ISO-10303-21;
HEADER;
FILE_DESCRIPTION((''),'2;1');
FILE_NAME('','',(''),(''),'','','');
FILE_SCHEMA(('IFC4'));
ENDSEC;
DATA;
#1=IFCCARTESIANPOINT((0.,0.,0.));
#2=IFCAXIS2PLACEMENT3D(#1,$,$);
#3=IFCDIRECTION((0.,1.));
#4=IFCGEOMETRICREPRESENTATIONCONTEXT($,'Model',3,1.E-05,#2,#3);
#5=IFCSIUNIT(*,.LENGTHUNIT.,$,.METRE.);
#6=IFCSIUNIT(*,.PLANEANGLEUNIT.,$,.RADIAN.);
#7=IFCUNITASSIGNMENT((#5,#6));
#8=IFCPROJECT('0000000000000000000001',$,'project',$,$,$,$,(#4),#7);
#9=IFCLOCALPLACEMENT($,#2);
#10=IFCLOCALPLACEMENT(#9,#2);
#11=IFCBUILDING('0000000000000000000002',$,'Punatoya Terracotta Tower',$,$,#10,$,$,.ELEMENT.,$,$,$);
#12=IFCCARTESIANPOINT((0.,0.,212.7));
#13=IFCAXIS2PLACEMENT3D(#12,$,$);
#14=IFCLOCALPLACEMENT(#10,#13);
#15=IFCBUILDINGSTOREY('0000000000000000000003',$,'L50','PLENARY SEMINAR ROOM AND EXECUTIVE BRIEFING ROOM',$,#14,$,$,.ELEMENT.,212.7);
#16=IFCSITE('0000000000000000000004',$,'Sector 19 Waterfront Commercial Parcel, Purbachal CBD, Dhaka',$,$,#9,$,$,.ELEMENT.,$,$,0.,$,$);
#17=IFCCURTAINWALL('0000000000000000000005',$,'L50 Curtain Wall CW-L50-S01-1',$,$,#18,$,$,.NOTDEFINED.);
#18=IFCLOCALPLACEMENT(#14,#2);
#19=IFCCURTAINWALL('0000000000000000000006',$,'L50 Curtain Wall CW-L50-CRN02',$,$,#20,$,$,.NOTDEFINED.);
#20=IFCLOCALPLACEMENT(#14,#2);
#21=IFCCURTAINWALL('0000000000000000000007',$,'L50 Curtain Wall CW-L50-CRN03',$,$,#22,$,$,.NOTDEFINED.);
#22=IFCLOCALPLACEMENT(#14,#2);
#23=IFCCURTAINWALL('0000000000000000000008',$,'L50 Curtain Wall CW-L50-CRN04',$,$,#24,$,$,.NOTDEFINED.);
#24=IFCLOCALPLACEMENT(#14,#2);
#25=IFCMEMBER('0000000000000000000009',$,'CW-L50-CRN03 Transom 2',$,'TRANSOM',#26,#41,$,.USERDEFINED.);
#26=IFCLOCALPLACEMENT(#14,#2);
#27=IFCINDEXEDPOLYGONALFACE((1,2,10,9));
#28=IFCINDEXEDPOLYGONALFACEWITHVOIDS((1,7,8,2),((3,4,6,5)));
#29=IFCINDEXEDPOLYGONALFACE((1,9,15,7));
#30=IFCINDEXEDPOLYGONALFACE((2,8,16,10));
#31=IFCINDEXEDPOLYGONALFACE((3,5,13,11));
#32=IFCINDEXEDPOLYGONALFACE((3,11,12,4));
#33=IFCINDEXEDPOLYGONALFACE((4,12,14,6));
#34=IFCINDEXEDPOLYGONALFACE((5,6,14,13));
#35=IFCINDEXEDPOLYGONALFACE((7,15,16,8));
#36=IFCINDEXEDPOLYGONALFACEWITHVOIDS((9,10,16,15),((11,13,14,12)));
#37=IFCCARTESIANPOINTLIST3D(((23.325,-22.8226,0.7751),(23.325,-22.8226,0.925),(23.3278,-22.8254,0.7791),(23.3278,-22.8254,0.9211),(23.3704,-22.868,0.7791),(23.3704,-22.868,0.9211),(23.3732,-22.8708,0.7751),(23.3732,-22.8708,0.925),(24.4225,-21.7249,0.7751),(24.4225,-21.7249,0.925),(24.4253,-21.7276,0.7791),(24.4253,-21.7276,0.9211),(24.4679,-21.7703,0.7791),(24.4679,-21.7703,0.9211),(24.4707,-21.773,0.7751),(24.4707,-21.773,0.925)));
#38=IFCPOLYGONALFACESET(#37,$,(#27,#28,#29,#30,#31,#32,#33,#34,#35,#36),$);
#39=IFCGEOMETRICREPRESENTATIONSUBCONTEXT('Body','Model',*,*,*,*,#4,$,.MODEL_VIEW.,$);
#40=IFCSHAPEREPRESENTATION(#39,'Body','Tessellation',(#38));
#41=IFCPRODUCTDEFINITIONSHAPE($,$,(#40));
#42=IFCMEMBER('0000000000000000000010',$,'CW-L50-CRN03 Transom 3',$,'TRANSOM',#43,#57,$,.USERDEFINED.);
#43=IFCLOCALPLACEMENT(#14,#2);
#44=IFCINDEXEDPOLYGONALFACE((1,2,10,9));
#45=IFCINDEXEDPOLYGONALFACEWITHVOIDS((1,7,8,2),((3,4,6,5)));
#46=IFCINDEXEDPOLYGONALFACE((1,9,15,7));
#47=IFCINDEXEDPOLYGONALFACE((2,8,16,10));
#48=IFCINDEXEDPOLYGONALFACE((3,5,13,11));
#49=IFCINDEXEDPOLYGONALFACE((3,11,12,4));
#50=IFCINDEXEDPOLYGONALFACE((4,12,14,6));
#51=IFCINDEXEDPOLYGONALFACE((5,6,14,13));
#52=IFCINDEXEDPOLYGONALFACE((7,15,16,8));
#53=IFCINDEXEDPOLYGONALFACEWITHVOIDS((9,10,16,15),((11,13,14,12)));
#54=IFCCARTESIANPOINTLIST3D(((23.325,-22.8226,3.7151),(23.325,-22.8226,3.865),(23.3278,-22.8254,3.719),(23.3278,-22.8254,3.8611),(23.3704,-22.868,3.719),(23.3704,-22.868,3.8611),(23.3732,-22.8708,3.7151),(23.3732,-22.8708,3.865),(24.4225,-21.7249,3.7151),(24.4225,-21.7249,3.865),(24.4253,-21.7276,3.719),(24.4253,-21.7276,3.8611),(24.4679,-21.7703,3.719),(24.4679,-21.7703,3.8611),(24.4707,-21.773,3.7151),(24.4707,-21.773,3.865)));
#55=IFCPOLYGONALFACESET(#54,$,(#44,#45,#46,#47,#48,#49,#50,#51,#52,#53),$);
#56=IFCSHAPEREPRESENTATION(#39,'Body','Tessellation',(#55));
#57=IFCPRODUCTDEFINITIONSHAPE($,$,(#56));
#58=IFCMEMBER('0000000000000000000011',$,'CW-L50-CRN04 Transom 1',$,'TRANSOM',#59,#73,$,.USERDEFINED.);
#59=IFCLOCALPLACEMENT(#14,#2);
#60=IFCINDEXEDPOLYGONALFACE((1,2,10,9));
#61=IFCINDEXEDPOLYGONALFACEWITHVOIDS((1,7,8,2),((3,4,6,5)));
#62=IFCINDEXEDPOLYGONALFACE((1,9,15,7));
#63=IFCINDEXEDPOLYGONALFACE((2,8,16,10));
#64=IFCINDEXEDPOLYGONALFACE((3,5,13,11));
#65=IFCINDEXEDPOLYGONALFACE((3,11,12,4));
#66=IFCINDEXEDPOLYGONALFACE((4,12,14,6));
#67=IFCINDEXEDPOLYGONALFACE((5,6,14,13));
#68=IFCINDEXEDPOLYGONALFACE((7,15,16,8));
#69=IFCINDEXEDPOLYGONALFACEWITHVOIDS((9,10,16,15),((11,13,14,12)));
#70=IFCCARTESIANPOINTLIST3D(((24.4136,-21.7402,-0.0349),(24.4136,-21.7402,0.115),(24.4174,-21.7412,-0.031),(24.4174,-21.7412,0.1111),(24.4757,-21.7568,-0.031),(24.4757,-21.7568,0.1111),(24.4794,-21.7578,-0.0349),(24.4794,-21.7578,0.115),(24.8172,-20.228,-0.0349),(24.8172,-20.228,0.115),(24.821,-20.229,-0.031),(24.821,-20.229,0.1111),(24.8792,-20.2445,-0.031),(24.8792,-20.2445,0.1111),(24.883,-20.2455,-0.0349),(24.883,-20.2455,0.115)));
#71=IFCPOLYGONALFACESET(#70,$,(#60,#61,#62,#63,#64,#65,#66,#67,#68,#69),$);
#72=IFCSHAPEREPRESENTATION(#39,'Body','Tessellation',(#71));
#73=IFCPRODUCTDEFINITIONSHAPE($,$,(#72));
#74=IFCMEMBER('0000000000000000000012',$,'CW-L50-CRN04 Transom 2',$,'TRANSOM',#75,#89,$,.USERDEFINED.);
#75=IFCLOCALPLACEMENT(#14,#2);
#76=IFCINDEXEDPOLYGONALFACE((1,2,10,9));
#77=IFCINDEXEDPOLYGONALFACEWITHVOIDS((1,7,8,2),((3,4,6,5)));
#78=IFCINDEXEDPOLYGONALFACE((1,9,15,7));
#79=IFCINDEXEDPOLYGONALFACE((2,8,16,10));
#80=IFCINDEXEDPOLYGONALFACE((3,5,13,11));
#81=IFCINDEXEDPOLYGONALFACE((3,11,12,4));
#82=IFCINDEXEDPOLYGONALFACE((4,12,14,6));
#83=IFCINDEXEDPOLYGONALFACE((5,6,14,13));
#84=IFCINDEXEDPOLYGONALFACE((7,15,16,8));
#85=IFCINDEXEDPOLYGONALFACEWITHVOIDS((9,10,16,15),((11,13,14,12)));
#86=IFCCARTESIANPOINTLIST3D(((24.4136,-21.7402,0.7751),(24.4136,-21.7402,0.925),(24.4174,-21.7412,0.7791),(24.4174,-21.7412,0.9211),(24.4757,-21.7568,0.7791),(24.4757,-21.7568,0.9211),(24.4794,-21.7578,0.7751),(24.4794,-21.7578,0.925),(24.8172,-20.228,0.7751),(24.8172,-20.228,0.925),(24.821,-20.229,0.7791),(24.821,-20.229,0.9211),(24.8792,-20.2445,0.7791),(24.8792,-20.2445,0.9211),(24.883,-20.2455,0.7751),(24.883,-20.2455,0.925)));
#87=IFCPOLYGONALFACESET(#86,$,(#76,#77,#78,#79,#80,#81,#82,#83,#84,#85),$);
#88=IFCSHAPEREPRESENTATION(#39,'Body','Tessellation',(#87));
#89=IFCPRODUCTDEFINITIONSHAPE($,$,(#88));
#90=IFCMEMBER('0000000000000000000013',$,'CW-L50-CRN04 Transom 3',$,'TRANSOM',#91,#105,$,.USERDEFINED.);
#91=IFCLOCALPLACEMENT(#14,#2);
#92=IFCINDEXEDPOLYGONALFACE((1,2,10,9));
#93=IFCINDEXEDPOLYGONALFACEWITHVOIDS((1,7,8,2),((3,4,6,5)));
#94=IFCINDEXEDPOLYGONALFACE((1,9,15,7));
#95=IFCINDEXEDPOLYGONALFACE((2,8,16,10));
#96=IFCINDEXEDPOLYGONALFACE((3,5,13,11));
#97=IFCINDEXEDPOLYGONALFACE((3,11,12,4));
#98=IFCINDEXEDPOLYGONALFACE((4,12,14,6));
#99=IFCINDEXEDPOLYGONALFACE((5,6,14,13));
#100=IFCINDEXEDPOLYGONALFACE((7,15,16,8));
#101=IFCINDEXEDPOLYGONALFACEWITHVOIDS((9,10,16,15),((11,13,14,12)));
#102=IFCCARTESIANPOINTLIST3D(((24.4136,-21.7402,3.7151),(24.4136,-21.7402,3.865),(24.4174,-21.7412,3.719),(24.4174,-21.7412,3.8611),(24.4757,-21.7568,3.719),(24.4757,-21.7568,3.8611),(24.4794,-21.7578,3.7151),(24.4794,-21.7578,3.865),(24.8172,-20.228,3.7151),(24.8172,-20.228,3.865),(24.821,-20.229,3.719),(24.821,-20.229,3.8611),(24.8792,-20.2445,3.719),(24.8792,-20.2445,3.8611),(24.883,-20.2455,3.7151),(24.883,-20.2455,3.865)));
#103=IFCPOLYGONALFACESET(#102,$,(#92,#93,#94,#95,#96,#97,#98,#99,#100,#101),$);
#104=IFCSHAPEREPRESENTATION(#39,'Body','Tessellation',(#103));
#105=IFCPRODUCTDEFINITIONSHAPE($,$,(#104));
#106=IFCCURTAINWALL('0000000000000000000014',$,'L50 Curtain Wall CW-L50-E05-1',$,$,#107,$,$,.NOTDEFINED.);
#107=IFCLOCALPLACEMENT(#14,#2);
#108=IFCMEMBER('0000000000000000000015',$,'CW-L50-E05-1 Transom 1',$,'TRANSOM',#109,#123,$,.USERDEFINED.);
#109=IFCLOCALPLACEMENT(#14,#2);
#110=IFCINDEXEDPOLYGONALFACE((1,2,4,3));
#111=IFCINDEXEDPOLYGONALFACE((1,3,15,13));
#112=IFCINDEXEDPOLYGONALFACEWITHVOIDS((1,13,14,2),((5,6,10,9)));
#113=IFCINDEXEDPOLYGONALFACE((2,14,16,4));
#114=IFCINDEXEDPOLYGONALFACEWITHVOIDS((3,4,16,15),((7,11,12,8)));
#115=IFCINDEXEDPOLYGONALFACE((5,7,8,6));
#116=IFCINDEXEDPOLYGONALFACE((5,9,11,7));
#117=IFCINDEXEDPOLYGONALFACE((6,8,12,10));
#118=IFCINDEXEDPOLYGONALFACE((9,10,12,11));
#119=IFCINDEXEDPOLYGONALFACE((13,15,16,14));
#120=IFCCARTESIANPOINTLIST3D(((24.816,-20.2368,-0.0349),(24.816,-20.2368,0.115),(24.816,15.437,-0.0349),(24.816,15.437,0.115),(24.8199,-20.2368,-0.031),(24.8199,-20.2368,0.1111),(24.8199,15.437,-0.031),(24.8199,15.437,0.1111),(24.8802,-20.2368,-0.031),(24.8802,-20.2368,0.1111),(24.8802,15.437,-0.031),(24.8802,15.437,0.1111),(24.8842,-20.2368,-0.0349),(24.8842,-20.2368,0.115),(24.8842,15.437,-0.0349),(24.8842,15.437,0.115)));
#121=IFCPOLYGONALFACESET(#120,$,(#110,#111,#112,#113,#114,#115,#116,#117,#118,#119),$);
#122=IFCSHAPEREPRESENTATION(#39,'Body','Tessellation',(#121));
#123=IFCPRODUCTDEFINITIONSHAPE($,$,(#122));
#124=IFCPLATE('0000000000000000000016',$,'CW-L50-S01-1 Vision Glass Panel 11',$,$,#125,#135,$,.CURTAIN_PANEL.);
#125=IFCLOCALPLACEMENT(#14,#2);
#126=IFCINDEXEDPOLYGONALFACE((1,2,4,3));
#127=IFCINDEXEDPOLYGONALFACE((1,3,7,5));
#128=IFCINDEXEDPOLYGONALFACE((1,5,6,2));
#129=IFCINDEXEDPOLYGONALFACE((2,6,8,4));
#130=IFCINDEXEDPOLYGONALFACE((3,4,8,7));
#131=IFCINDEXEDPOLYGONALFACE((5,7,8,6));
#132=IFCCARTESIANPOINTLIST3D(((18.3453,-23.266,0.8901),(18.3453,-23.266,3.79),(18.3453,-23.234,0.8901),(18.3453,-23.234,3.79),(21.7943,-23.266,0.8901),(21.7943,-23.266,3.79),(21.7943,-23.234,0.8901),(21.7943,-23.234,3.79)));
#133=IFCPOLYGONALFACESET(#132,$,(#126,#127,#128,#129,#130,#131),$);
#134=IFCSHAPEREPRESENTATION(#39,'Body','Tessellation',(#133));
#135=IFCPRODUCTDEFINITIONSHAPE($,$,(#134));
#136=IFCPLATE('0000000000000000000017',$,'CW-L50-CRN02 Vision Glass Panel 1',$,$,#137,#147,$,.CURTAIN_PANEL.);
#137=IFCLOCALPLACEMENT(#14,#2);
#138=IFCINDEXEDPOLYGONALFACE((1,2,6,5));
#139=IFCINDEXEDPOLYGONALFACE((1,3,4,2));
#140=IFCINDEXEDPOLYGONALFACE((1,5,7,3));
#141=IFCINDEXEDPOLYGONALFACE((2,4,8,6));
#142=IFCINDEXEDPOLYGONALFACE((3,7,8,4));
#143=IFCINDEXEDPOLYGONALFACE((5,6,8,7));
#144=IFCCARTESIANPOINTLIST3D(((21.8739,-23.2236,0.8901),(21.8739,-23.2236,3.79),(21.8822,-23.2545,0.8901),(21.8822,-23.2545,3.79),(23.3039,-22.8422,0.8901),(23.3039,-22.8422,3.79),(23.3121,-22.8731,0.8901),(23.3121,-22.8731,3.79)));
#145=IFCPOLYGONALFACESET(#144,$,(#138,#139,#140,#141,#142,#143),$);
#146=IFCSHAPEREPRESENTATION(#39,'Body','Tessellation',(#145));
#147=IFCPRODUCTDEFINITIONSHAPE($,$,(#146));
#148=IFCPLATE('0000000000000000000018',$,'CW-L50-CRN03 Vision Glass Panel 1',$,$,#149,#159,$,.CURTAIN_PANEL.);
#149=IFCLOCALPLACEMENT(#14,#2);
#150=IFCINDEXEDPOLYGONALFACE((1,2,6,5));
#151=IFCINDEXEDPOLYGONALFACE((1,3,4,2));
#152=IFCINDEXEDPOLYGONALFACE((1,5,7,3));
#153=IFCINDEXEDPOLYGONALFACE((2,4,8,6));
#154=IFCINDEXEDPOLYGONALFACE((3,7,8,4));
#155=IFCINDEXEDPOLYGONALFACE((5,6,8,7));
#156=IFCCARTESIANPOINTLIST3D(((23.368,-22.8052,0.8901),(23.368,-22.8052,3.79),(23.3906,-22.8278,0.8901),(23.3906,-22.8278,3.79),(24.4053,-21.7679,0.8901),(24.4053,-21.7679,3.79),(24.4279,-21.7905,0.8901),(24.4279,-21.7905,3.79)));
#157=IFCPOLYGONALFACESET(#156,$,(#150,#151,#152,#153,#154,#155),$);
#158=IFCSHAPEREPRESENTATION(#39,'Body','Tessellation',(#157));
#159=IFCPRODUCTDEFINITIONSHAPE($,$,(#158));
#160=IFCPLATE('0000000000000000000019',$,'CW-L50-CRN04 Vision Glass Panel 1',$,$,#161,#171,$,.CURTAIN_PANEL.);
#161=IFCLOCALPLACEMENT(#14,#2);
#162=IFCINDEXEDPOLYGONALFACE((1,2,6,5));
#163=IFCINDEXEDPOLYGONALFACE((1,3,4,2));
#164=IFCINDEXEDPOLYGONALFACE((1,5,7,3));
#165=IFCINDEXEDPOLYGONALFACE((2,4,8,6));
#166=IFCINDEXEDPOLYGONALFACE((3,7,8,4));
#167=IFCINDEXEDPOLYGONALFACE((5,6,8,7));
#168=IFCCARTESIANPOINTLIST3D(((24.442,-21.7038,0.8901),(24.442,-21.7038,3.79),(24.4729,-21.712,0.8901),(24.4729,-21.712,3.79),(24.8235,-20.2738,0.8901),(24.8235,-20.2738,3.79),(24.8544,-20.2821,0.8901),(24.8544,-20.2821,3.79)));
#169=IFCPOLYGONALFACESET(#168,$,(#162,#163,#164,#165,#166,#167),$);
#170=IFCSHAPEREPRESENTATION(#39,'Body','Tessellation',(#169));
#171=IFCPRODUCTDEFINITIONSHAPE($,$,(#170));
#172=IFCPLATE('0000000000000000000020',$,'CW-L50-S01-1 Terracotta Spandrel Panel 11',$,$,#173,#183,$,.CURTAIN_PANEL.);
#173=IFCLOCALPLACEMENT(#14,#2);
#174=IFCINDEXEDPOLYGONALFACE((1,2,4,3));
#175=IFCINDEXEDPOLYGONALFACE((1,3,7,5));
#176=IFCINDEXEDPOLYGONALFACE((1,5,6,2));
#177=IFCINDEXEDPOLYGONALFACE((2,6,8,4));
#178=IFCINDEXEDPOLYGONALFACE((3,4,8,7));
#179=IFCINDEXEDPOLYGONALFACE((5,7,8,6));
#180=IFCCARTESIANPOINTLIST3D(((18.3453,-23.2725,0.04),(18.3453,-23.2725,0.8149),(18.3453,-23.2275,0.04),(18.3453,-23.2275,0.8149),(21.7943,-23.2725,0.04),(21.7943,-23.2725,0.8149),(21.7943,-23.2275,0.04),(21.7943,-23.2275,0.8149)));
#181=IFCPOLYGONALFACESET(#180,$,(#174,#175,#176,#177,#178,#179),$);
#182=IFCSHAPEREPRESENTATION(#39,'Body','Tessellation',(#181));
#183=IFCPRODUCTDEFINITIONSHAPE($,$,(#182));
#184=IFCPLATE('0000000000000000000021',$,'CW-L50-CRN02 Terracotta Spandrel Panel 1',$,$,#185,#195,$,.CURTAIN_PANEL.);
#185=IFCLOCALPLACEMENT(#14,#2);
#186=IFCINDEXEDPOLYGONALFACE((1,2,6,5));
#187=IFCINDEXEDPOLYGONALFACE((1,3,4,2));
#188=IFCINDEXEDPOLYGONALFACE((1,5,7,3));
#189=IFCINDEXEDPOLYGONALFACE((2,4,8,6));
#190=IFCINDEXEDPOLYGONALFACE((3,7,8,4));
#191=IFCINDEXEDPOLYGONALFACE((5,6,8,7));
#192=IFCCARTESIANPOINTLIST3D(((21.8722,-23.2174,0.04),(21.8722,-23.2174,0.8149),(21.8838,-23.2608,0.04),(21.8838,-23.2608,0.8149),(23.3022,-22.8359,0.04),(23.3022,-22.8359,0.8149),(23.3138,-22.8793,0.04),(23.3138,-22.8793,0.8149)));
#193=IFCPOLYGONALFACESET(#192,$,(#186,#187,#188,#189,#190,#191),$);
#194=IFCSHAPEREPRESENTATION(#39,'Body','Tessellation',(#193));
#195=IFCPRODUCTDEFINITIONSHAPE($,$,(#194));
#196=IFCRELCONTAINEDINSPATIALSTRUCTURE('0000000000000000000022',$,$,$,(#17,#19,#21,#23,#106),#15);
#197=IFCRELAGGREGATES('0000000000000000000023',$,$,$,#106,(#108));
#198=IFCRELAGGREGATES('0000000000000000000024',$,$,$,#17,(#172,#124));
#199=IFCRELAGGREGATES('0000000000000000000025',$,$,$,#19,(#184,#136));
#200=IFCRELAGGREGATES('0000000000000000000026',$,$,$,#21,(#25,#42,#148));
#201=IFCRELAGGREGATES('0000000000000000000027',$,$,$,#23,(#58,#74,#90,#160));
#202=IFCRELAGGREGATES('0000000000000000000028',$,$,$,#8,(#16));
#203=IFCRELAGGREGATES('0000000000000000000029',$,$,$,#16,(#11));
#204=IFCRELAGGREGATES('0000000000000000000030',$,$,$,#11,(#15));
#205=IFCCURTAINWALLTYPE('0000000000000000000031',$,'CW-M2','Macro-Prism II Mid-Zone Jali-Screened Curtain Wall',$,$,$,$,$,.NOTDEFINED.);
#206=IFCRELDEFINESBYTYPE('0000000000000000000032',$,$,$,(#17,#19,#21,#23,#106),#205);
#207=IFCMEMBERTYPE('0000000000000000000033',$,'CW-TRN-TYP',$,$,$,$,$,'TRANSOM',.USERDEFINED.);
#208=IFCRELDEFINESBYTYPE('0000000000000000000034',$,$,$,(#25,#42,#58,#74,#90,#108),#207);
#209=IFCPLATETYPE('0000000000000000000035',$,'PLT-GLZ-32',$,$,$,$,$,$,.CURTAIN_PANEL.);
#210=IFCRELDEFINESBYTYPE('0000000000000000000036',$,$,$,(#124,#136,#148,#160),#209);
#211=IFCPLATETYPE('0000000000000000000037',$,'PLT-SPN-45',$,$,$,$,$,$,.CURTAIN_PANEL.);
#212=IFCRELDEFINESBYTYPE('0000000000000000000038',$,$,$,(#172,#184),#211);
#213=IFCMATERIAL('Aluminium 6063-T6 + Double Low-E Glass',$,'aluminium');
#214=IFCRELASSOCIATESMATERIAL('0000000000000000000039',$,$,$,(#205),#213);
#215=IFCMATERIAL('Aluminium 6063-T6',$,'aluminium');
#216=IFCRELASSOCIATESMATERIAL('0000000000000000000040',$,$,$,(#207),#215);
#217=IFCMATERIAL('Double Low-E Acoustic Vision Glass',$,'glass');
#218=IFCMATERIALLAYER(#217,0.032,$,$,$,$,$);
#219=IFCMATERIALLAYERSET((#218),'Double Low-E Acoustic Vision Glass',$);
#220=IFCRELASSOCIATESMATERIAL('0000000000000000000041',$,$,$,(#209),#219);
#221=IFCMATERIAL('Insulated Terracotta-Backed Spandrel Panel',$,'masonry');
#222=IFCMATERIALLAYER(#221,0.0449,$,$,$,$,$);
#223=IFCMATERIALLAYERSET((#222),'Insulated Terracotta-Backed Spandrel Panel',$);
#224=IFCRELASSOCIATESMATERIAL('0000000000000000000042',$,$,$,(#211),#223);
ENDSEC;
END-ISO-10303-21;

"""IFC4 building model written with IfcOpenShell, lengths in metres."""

from ifc_helpers import new_model, si_unit, direction, frame, origin, origin_2d, place, context, subcontext, project, spatial, rectangle, hollow_rectangle, extrude, material, layer, layer_set, material_profile, profile_set, type_object, element, aggregate, save


model = new_model("IFC4")

# Units and contexts
model_context = context("Model", 3, precision=1e-05, world=origin(), true_north=direction((0.0, 1.0)))
body_context = subcontext(model_context, "Body", "Model", "MODEL_VIEW")
ifc_project = project(units=[si_unit("LENGTHUNIT", "METRE"), si_unit("PLANEANGLEUNIT", "RADIAN")], contexts=[model_context])

# Site, building, storey
site_placement = place(None, origin())
site = spatial("IfcSite", under=ifc_project, at=site_placement, Name="Sector 19 Waterfront Commercial Parcel, Purbachal CBD, Dhaka", CompositionType="ELEMENT", RefElevation=0.0)
building_placement = place(site_placement, origin())
building = spatial("IfcBuilding", under=site, at=building_placement, Name="Punatoya Terracotta Tower", CompositionType="ELEMENT")
storey_placement = place(building_placement, frame((0.0, 0.0, 212.7)))
storey = spatial("IfcBuildingStorey", under=building, at=storey_placement, Name="L50", Description="PLENARY SEMINAR ROOM AND EXECUTIVE BRIEFING ROOM", CompositionType="ELEMENT", Elevation=212.7)

# Curtain wall
ifc_material_1 = material(Name="Aluminium 6063-T6 + Double Low-E Glass", Category="aluminium")
curtain_wall_type = type_object("IfcCurtainWallType", Name="CW-M2", Description="Macro-Prism II Mid-Zone Jali-Screened Curtain Wall", PredefinedType="NOTDEFINED", material=ifc_material_1)
curtain_wall_1_placement = place(storey_placement, origin())
curtain_wall_1 = element("IfcCurtainWall", 1, at=curtain_wall_1_placement, inside=storey, type_object=curtain_wall_type, Name="L50 Curtain Wall CW-L50-S01-1", PredefinedType="NOTDEFINED")
ifc_material_2 = material(Name="Aluminium 6063-T6", Category="aluminium")

# Curtain walls
curtain_wall_2_placement = place(storey_placement, origin())
curtain_wall_2 = element("IfcCurtainWall", 2, at=curtain_wall_2_placement, inside=storey, type_object=curtain_wall_type, Name="L50 Curtain Wall CW-L50-CRN02", PredefinedType="NOTDEFINED")
curtain_wall_3_placement = place(storey_placement, origin())
curtain_wall_3 = element("IfcCurtainWall", 3, at=curtain_wall_3_placement, inside=storey, type_object=curtain_wall_type, Name="L50 Curtain Wall CW-L50-CRN03", PredefinedType="NOTDEFINED")
curtain_wall_4_placement = place(storey_placement, origin())
curtain_wall_4 = element("IfcCurtainWall", 4, at=curtain_wall_4_placement, inside=storey, type_object=curtain_wall_type, Name="L50 Curtain Wall CW-L50-CRN04", PredefinedType="NOTDEFINED")

# Members
ifc_material_profile_1 = material_profile(ifc_material_2, hollow_rectangle(XDim=0.0681, YDim=0.1499, WallThickness=0.0039, at=origin_2d()))
ifc_profile_set_1 = profile_set([ifc_material_profile_1], Name="Aluminium 6063-T6")
member_type_1 = type_object("IfcMemberType", Name="CW-TRN-TYP", ElementType="TRANSOM", PredefinedType="USERDEFINED", material=ifc_profile_set_1)
member_1_placement = place(storey_placement, frame((23.3491, -22.8467, 0.8501), z_axis=(0.707028, 0.707185, 0.0), x_axis=(-0.707185, 0.707028, 0.0)))
member_1 = element("IfcMember", 5, at=member_1_placement, type_object=member_type_1, Name="CW-L50-CRN03 Transom 2", ObjectType="TRANSOM", PredefinedType="USERDEFINED", context=body_context, shape_type="SweptSolid", body=[
    extrude(hollow_rectangle(XDim=0.0681, YDim=0.1499, WallThickness=0.0039, at=origin_2d()), origin(), (0.0, 0.0, 1.0), 1.5522),
])
member_2_placement = place(storey_placement, frame((23.3491, -22.8467, 3.79), z_axis=(0.707028, 0.707185, 0.0), x_axis=(-0.707185, 0.707028, 0.0)))
member_2 = element("IfcMember", 6, at=member_2_placement, type_object=member_type_1, Name="CW-L50-CRN03 Transom 3", ObjectType="TRANSOM", PredefinedType="USERDEFINED", context=body_context, shape_type="SweptSolid", body=[
    extrude(hollow_rectangle(XDim=0.0681, YDim=0.1499, WallThickness=0.0039, at=origin_2d()), origin(), (0.0, 0.0, 1.0), 1.5522),
])
member_3_placement = place(storey_placement, frame((24.4465, -21.749, 0.04), z_axis=(0.257847, 0.966186, 0.0), x_axis=(-0.966186, 0.257847, 0.0)))
member_3 = element("IfcMember", 7, at=member_3_placement, type_object=member_type_1, Name="CW-L50-CRN04 Transom 1", ObjectType="TRANSOM", PredefinedType="USERDEFINED", context=body_context, shape_type="SweptSolid", body=[
    extrude(hollow_rectangle(XDim=0.0681, YDim=0.1499, WallThickness=0.0039, at=origin_2d()), origin(), (0.0, 0.0, 1.0), 1.5652),
])
member_4_placement = place(storey_placement, frame((24.4465, -21.749, 0.8501), z_axis=(0.257847, 0.966186, 0.0), x_axis=(-0.966186, 0.257847, 0.0)))
member_4 = element("IfcMember", 8, at=member_4_placement, type_object=member_type_1, Name="CW-L50-CRN04 Transom 2", ObjectType="TRANSOM", PredefinedType="USERDEFINED", context=body_context, shape_type="SweptSolid", body=[
    extrude(hollow_rectangle(XDim=0.0681, YDim=0.1499, WallThickness=0.0039, at=origin_2d()), origin(), (0.0, 0.0, 1.0), 1.5652),
])
member_5_placement = place(storey_placement, frame((24.4465, -21.749, 3.79), z_axis=(0.257847, 0.966186, 0.0), x_axis=(-0.966186, 0.257847, 0.0)))
member_5 = element("IfcMember", 9, at=member_5_placement, type_object=member_type_1, Name="CW-L50-CRN04 Transom 3", ObjectType="TRANSOM", PredefinedType="USERDEFINED", context=body_context, shape_type="SweptSolid", body=[
    extrude(hollow_rectangle(XDim=0.0681, YDim=0.1499, WallThickness=0.0039, at=origin_2d()), origin(), (0.0, 0.0, 1.0), 1.5652),
])

# Curtain wall, member
curtain_wall_5_placement = place(storey_placement, origin())
curtain_wall_5 = element("IfcCurtainWall", 10, at=curtain_wall_5_placement, inside=storey, type_object=curtain_wall_type, Name="L50 Curtain Wall CW-L50-E05-1", PredefinedType="NOTDEFINED")
member_6_placement = place(storey_placement, frame((24.8501, -20.2368, 0.04), z_axis=(0.0, 1.0, 0.0), x_axis=(-1.0, 0.0, 0.0)))
member_6 = element("IfcMember", 11, at=member_6_placement, type_object=member_type_1, Name="CW-L50-E05-1 Transom 1", ObjectType="TRANSOM", PredefinedType="USERDEFINED", context=body_context, shape_type="SweptSolid", body=[
    extrude(hollow_rectangle(XDim=0.0681, YDim=0.1499, WallThickness=0.0039, at=origin_2d()), origin(), (0.0, 0.0, 1.0), 35.6738),
])
aggregate(curtain_wall_5, [member_6])

# Plates
ifc_material_3 = material(Name="Double Low-E Acoustic Vision Glass", Category="glass")
ifc_layer_1 = layer(ifc_material_3, 0.032)
ifc_layer_set_1 = layer_set([ifc_layer_1], Name="Double Low-E Acoustic Vision Glass")
plate_type_1 = type_object("IfcPlateType", Name="PLT-GLZ-32", PredefinedType="CURTAIN_PANEL", material=ifc_layer_set_1)
plate_1_placement = place(storey_placement, frame((20.0698, -23.25, 0.8901), z_axis=(0.0, 0.0, 1.0), x_axis=(1.0, 0.0, 0.0)))
plate_1 = element("IfcPlate", 12, at=plate_1_placement, type_object=plate_type_1, Name="CW-L50-S01-1 Vision Glass Panel 11", PredefinedType="CURTAIN_PANEL", context=body_context, shape_type="SweptSolid", body=[
    extrude(rectangle(XDim=3.449, YDim=0.032, at=origin_2d()), origin(), (0.0, 0.0, 1.0), 2.8999),
])
plate_2_placement = place(storey_placement, frame((22.593, -23.0483, 0.8901), z_axis=(0.0, 0.0, 1.0), x_axis=(0.966214, 0.257742, 0.0)))
plate_2 = element("IfcPlate", 13, at=plate_2_placement, type_object=plate_type_1, Name="CW-L50-CRN02 Vision Glass Panel 1", PredefinedType="CURTAIN_PANEL", context=body_context, shape_type="SweptSolid", body=[
    extrude(rectangle(XDim=1.48, YDim=0.032, at=origin_2d()), origin(), (0.0, 0.0, 1.0), 2.8999),
])
plate_3_placement = place(storey_placement, frame((23.8979, -22.2979, 0.8901), z_axis=(0.0, 0.0, 1.0), x_axis=(0.707107, 0.707107, 0.0)))
plate_3 = element("IfcPlate", 14, at=plate_3_placement, type_object=plate_type_1, Name="CW-L50-CRN03 Vision Glass Panel 1", PredefinedType="CURTAIN_PANEL", context=body_context, shape_type="SweptSolid", body=[
    extrude(rectangle(XDim=1.467, YDim=0.032, at=origin_2d()), origin(), (0.0, 0.0, 1.0), 2.8999),
])
plate_4_placement = place(storey_placement, frame((24.6482, -20.9929, 0.8901), z_axis=(0.0, 0.0, 1.0), x_axis=(0.257742, 0.966214, 0.0)))
plate_4 = element("IfcPlate", 15, at=plate_4_placement, type_object=plate_type_1, Name="CW-L50-CRN04 Vision Glass Panel 1", PredefinedType="CURTAIN_PANEL", context=body_context, shape_type="SweptSolid", body=[
    extrude(rectangle(XDim=1.48, YDim=0.032, at=origin_2d()), origin(), (0.0, 0.0, 1.0), 2.8999),
])
ifc_material_4 = material(Name="Insulated Terracotta-Backed Spandrel Panel", Category="masonry")
ifc_layer_2 = layer(ifc_material_4, 0.0449)
ifc_layer_set_2 = layer_set([ifc_layer_2], Name="Insulated Terracotta-Backed Spandrel Panel")
plate_type_2 = type_object("IfcPlateType", Name="PLT-SPN-45", PredefinedType="CURTAIN_PANEL", material=ifc_layer_set_2)
plate_5_placement = place(storey_placement, frame((20.0698, -23.25, 0.04), z_axis=(0.0, 0.0, 1.0), x_axis=(1.0, 0.0, 0.0)))
plate_5 = element("IfcPlate", 16, at=plate_5_placement, type_object=plate_type_2, Name="CW-L50-S01-1 Terracotta Spandrel Panel 11", PredefinedType="CURTAIN_PANEL", context=body_context, shape_type="SweptSolid", body=[
    extrude(rectangle(XDim=3.449, YDim=0.0449, at=origin_2d()), origin(), (0.0, 0.0, 1.0), 0.7749),
])
aggregate(curtain_wall_1, [plate_5, plate_1])
plate_6_placement = place(storey_placement, frame((22.593, -23.0483, 0.04), z_axis=(0.0, 0.0, 1.0), x_axis=(0.966214, 0.257742, 0.0)))
plate_6 = element("IfcPlate", 17, at=plate_6_placement, type_object=plate_type_2, Name="CW-L50-CRN02 Terracotta Spandrel Panel 1", PredefinedType="CURTAIN_PANEL", context=body_context, shape_type="SweptSolid", body=[
    extrude(rectangle(XDim=1.48, YDim=0.0449, at=origin_2d()), origin(), (0.0, 0.0, 1.0), 0.7749),
])
aggregate(curtain_wall_2, [plate_6, plate_2])
aggregate(curtain_wall_3, [member_1, member_2, plate_3])
aggregate(curtain_wall_4, [member_3, member_4, member_5, plate_4])

save(model, "model.ifc")
